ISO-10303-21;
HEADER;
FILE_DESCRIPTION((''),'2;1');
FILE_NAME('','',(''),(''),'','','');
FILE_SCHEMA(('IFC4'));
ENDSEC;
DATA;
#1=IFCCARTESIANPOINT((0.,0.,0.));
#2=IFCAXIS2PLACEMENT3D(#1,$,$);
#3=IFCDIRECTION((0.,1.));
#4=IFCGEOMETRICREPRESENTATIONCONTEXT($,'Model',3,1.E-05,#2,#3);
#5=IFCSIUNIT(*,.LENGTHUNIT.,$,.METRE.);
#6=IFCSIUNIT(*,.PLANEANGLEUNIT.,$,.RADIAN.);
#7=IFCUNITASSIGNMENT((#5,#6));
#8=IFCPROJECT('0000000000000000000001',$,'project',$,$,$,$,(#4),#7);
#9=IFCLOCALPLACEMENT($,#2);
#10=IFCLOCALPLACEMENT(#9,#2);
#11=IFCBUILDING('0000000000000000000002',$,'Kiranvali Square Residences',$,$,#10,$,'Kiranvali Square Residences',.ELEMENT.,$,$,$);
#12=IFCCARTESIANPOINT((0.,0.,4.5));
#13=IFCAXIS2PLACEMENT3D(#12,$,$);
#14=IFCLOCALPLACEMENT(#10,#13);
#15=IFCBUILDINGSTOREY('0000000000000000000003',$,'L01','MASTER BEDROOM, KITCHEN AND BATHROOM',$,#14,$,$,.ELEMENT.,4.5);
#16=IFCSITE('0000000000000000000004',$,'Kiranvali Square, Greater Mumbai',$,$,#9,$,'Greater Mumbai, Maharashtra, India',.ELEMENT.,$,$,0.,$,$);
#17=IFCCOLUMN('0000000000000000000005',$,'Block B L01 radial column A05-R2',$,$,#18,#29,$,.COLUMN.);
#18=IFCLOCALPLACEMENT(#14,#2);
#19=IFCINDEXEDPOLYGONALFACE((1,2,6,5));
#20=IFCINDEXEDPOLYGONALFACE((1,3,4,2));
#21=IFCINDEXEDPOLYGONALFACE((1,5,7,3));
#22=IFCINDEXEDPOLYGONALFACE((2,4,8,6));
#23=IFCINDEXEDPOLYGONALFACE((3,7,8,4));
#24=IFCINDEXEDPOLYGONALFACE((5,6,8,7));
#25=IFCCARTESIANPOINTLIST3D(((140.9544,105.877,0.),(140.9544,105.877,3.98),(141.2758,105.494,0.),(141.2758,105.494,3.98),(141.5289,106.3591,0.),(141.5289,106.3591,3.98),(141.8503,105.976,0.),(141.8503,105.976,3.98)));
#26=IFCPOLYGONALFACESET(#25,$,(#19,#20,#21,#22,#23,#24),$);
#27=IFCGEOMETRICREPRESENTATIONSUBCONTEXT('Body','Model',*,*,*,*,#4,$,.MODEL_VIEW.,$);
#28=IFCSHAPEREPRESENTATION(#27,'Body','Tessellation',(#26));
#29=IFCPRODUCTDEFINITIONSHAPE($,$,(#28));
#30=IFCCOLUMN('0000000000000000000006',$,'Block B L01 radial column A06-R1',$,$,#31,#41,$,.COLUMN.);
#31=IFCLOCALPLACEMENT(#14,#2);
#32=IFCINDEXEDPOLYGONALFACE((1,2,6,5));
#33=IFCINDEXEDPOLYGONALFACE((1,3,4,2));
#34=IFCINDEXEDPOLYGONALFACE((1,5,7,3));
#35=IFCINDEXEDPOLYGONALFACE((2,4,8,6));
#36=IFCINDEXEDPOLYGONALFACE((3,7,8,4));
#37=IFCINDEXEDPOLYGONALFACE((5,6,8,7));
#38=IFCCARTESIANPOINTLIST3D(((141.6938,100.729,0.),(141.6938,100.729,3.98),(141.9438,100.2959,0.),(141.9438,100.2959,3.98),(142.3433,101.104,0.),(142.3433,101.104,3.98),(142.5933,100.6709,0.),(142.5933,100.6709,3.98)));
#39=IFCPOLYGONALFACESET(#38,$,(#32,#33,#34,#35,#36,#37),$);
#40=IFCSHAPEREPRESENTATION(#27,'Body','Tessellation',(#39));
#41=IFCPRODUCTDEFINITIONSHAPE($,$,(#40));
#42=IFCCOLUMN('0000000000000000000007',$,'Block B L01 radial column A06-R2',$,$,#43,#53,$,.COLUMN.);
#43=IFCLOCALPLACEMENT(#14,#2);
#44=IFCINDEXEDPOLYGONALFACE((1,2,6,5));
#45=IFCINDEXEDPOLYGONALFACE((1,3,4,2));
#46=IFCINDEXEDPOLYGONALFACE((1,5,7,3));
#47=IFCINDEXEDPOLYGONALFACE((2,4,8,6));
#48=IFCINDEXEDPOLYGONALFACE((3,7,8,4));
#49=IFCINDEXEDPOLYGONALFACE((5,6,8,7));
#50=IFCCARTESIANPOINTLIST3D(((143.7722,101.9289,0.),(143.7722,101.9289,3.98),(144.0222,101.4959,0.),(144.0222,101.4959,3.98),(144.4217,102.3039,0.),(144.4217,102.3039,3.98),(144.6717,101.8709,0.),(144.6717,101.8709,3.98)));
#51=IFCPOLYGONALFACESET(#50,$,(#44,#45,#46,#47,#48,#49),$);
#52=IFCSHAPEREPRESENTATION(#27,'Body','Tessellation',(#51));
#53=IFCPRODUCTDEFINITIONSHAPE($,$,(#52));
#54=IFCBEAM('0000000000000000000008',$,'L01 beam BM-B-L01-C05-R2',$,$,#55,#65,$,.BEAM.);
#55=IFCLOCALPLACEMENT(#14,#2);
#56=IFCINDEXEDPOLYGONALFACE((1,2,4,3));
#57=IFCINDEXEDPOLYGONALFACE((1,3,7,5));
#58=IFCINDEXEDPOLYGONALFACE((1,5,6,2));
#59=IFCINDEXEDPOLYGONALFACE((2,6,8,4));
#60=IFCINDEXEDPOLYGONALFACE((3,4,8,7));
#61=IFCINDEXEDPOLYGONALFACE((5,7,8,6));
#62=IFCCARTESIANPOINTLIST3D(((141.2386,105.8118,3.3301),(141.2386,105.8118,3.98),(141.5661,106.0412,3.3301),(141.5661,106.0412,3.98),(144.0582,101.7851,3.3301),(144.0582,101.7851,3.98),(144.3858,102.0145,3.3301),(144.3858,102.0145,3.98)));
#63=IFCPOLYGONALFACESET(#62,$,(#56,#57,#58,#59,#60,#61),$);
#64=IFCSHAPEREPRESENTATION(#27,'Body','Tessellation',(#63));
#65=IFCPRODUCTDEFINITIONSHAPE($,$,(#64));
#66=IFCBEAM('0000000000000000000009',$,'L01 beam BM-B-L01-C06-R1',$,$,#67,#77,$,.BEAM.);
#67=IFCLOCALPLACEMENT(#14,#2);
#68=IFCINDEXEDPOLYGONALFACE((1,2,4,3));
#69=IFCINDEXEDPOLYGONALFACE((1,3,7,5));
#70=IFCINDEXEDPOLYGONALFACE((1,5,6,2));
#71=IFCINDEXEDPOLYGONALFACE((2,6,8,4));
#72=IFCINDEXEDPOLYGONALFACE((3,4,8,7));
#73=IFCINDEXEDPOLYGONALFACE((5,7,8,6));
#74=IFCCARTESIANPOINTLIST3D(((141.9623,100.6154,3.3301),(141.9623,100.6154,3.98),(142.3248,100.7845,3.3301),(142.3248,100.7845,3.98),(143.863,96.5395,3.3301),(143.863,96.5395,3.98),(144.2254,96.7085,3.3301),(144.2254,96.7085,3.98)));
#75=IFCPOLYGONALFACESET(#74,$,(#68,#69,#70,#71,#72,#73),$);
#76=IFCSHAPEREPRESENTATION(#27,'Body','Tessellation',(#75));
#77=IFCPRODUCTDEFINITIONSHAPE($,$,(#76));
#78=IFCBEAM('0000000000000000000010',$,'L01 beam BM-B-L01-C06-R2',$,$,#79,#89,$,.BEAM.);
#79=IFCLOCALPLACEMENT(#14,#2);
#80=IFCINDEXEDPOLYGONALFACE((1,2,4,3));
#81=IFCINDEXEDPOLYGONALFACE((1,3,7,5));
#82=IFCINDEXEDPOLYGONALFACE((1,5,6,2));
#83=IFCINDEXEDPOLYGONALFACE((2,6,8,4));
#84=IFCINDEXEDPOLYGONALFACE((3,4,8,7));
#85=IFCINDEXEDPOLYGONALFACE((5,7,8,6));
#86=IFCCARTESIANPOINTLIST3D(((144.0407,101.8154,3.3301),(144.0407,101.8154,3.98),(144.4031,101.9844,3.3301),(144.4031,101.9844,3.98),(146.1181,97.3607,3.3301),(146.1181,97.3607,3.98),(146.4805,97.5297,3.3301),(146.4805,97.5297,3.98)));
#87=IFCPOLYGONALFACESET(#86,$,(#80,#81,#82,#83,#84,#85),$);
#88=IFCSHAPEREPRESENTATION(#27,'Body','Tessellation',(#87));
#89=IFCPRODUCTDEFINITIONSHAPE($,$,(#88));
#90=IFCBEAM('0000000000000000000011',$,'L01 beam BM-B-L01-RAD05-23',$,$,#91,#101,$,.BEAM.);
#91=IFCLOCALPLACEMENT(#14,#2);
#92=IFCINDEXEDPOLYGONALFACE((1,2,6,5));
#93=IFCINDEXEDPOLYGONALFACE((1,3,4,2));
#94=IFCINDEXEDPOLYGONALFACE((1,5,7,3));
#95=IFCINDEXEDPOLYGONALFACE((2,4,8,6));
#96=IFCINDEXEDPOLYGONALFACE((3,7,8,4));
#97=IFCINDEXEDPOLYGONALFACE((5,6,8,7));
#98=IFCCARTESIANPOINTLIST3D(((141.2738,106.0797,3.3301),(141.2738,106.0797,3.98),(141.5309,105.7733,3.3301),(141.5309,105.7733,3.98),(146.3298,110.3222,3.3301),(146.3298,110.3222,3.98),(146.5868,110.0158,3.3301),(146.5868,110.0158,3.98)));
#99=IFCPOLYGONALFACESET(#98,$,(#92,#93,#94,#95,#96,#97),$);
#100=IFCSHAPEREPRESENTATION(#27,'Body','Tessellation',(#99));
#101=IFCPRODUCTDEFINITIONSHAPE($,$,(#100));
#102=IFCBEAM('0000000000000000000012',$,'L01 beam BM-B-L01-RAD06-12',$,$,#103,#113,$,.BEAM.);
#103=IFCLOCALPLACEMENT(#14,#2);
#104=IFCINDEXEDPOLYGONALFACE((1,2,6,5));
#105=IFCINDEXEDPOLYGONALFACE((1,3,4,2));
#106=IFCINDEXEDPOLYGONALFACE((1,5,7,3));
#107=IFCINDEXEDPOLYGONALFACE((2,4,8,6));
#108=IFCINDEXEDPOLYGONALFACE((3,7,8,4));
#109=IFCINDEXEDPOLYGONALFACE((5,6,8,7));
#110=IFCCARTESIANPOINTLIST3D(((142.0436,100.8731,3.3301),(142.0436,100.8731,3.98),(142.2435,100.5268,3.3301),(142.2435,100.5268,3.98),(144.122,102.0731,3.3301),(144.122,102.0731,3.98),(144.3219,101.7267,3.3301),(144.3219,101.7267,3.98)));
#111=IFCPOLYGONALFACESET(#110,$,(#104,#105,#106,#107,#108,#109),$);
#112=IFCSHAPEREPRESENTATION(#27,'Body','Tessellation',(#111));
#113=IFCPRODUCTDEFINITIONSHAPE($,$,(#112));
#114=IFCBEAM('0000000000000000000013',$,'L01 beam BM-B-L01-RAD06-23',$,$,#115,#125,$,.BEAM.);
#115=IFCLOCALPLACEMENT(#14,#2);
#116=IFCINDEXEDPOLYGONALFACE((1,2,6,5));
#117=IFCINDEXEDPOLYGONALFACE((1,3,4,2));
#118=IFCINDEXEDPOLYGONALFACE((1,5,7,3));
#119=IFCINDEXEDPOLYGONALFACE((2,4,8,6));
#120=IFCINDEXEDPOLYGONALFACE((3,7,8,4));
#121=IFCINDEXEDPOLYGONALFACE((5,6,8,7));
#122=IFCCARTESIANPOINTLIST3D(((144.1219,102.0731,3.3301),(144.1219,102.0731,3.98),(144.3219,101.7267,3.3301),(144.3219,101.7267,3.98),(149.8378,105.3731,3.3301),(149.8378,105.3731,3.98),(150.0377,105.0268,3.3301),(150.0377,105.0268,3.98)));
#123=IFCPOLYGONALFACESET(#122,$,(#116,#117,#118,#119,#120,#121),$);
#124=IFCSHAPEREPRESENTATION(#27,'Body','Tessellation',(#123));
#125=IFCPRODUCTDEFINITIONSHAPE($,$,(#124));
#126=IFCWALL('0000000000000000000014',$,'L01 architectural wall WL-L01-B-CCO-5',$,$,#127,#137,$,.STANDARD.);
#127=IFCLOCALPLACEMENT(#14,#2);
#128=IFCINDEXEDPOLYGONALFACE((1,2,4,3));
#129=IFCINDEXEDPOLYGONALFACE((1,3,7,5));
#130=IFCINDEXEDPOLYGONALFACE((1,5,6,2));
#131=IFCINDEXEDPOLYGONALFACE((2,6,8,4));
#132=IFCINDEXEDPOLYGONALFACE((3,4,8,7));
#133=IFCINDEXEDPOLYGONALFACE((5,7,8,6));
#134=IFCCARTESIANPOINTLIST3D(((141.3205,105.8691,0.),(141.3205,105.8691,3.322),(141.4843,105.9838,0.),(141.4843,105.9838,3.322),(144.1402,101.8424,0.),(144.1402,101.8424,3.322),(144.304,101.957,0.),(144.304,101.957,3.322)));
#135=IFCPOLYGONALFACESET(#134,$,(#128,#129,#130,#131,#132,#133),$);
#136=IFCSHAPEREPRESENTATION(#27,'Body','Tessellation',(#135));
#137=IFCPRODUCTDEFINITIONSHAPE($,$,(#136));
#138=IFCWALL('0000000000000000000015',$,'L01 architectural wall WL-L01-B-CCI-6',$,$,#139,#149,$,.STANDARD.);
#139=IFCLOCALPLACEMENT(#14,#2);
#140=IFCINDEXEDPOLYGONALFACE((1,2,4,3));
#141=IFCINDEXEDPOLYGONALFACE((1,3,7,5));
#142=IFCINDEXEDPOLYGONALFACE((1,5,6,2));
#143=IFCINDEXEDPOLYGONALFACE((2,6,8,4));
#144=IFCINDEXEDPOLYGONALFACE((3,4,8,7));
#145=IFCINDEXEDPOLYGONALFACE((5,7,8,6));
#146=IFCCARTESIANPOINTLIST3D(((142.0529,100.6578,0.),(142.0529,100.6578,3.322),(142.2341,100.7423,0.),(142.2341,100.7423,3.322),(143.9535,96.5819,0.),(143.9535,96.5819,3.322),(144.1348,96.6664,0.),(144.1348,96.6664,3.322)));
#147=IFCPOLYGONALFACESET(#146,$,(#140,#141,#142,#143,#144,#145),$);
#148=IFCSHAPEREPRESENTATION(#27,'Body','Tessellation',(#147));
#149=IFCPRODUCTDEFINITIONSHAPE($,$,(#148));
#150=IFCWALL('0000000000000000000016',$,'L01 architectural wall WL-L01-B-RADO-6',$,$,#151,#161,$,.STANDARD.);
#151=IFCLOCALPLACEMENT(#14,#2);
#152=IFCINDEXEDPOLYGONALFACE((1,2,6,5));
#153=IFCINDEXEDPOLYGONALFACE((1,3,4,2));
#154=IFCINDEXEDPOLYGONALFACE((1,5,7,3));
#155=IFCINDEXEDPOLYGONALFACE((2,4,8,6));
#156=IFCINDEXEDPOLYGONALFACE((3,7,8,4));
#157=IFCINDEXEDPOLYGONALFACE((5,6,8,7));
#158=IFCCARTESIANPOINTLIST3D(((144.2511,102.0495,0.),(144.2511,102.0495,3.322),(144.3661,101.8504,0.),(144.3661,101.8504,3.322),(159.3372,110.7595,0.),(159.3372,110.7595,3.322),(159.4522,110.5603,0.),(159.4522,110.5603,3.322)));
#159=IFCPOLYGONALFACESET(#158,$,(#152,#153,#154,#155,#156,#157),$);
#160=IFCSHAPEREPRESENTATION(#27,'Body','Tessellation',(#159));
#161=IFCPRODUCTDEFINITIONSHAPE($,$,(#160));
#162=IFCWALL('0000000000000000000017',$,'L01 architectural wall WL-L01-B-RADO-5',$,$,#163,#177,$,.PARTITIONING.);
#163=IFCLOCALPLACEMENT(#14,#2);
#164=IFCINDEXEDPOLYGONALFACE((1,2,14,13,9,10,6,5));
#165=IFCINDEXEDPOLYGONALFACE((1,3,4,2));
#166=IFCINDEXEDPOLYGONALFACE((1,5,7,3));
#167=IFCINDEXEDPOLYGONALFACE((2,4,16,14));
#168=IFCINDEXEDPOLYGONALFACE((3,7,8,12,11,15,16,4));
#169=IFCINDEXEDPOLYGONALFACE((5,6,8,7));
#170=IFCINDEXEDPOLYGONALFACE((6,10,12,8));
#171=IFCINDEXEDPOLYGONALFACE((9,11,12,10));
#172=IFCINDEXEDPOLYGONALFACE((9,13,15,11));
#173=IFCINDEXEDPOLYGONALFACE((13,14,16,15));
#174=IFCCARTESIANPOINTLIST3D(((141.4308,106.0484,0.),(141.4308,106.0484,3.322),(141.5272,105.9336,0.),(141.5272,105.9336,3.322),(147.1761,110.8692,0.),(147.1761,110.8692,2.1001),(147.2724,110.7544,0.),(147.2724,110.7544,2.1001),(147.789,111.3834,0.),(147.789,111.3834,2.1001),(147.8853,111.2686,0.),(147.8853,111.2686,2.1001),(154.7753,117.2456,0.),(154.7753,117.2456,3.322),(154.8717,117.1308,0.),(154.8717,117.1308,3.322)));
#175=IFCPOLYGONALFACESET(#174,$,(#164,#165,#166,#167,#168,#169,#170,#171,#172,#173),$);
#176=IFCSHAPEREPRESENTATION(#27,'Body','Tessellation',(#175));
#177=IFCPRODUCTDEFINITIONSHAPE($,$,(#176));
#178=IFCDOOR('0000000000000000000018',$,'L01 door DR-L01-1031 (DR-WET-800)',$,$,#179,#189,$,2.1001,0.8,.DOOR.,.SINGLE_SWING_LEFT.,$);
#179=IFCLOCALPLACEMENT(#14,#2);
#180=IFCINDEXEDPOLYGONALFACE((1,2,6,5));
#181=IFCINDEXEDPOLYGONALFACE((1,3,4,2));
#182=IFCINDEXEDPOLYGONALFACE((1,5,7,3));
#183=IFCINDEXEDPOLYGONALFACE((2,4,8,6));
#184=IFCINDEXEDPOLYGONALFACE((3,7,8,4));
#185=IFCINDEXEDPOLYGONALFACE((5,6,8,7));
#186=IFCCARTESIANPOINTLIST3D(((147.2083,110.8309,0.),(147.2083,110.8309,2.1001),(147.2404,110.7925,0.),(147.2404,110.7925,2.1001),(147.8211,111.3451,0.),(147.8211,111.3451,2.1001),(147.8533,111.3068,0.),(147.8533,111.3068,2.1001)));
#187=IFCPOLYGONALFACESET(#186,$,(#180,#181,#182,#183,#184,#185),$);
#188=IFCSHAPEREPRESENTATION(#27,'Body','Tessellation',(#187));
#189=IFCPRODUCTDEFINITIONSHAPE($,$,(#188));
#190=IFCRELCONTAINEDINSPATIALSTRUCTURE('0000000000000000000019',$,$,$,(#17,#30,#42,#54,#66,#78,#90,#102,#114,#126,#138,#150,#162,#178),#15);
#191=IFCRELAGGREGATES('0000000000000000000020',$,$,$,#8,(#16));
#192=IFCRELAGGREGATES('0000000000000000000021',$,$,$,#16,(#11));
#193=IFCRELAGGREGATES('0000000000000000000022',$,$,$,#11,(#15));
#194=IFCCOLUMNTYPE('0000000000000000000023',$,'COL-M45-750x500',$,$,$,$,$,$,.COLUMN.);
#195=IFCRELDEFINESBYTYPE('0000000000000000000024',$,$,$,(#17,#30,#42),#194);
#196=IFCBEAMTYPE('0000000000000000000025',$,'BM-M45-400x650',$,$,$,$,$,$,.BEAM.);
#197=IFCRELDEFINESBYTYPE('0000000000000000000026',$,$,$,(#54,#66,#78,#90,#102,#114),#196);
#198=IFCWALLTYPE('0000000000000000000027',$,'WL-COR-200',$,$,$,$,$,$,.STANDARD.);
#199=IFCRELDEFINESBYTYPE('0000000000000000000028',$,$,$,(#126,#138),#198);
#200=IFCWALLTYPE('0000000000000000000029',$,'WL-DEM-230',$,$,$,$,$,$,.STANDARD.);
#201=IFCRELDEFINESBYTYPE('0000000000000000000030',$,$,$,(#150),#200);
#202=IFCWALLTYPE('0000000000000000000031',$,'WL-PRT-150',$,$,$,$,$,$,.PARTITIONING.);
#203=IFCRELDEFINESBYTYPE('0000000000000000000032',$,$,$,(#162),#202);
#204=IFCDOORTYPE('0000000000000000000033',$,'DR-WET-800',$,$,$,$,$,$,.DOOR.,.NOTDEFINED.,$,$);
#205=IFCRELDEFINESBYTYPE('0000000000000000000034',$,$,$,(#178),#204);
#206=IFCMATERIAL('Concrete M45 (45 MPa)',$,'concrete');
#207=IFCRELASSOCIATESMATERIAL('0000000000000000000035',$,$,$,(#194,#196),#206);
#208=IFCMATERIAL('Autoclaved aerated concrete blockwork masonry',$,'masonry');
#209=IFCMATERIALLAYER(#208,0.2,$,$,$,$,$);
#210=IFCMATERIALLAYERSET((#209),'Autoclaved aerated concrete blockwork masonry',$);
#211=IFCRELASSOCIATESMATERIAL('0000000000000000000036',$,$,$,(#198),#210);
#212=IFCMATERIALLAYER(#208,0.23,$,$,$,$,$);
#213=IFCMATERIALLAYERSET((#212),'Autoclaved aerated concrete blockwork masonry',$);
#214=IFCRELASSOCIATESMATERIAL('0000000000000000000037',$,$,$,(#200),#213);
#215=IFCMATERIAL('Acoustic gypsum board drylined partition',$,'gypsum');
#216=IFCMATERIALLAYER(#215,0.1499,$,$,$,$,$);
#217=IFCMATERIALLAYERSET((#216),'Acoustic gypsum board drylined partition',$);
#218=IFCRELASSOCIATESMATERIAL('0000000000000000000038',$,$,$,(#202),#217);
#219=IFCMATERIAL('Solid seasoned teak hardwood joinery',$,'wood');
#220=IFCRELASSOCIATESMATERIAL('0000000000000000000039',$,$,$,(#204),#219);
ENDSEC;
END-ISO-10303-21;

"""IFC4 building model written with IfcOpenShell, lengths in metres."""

from ifc_helpers import new_model, si_unit, direction, frame, frame_2d, origin, origin_2d, place, context, subcontext, project, spatial, rectangle, extrude, material, layer, layer_set, material_profile, profile_set, type_object, element, fill, save


model = new_model("IFC4")

# Units and contexts
model_context = context("Model", 3, precision=1e-05, world=origin(), true_north=direction((0.0, 1.0)))
body_context = subcontext(model_context, "Body", "Model", "MODEL_VIEW")
ifc_project = project(units=[si_unit("LENGTHUNIT", "METRE"), si_unit("PLANEANGLEUNIT", "RADIAN")], contexts=[model_context])

# Site, building, storey
site_placement = place(None, origin())
site = spatial("IfcSite", under=ifc_project, at=site_placement, Name="Kiranvali Square, Greater Mumbai", LongName="Greater Mumbai, Maharashtra, India", CompositionType="ELEMENT", RefElevation=0.0)
building_placement = place(site_placement, origin())
building = spatial("IfcBuilding", under=site, at=building_placement, Name="Kiranvali Square Residences", LongName="Kiranvali Square Residences", CompositionType="ELEMENT")
storey_placement = place(building_placement, frame((0.0, 0.0, 4.5)))
storey = spatial("IfcBuildingStorey", under=building, at=storey_placement, Name="L01", Description="MASTER BEDROOM, KITCHEN AND BATHROOM", CompositionType="ELEMENT", Elevation=4.5)

# Columns
ifc_material_1 = material(Name="Concrete M45 (45 MPa)", Category="concrete")
ifc_material_profile_1 = material_profile(ifc_material_1, rectangle(XDim=0.5, YDim=0.75, at=origin_2d()), Name="RC 750x500")
ifc_profile_set_1 = profile_set([ifc_material_profile_1], Name="Concrete M45 (45 MPa)")
column_type = type_object("IfcColumnType", Name="COL-M45-750x500", PredefinedType="COLUMN", material=ifc_profile_set_1)
for number, where, z_axis, x_axis, name in (
    (1, (141.4023, 105.9265, 0.0), (0.0, 0.0, 1.0), (-0.642788, 0.766044, 0.0), "Block B L01 radial column A05-R2"),
    (2, (142.1436, 100.7, 0.0), (0.0, 0.0, 1.0), (-0.5, 0.866025, 0.0), "Block B L01 radial column A06-R1"),
    (3, (144.2219, 101.8999, 0.0), (0.0, 0.0, 1.0), (-0.5, 0.866025, 0.0), "Block B L01 radial column A06-R2"),
):
    element("IfcColumn", number, at=place(storey_placement, frame(where, z_axis=z_axis, x_axis=x_axis)), inside=storey, type_object=column_type, Name=name, PredefinedType="COLUMN", context=body_context, shape_type="SweptSolid", body=[
        extrude(rectangle(XDim=0.5, YDim=0.75, at=origin_2d()), origin(), (0.0, 0.0, 1.0), 3.98),
    ])

# Beams
ifc_material_profile_2 = material_profile(ifc_material_1, rectangle(XDim=0.3999, YDim=0.6499, at=origin_2d()), Name="RC 400x650")
ifc_profile_set_2 = profile_set([ifc_material_profile_2], Name="Concrete M45 (45 MPa)")
beam_type = type_object("IfcBeamType", Name="BM-M45-400x650", PredefinedType="BEAM", material=ifc_profile_set_2)
beam_1_placement = place(storey_placement, frame((141.4023, 105.9265, 3.655), z_axis=(0.573592, -0.819141, 0.0), x_axis=(0.819141, 0.573592, 0.0)))
element("IfcBeam", 4, at=beam_1_placement, inside=storey, type_object=beam_type, Name="L01 beam BM-B-L01-C05-R2", PredefinedType="BEAM", context=body_context, shape_type="SweptSolid", body=[
    extrude(rectangle(XDim=0.3999, YDim=0.6499, at=origin_2d()), origin(), (0.0, 0.0, 1.0), 4.9158),
])
beam_2_placement = place(storey_placement, frame((142.1436, 100.7, 3.655), z_axis=(0.422618, -0.906308, 0.0), x_axis=(0.906308, 0.422618, 0.0)))
element("IfcBeam", 5, at=beam_2_placement, inside=storey, type_object=beam_type, Name="L01 beam BM-B-L01-C06-R1", PredefinedType="BEAM", context=body_context, shape_type="SweptSolid", body=[
    extrude(rectangle(XDim=0.3999, YDim=0.6499, at=origin_2d()), origin(), (0.0, 0.0, 1.0), 4.4973),
])
beam_3_placement = place(storey_placement, frame((144.2219, 101.8999, 3.655), z_axis=(0.42263, -0.906302, 0.0), x_axis=(0.906302, 0.42263, 0.0)))
element("IfcBeam", 6, at=beam_3_placement, inside=storey, type_object=beam_type, Name="L01 beam BM-B-L01-C06-R2", PredefinedType="BEAM", context=body_context, shape_type="SweptSolid", body=[
    extrude(rectangle(XDim=0.3999, YDim=0.6499, at=origin_2d()), origin(), (0.0, 0.0, 1.0), 4.9153),
])
beam_4_placement = place(storey_placement, frame((141.4023, 105.9265, 3.655), z_axis=(0.766043, 0.642789, 0.0), x_axis=(-0.642789, 0.766043, 0.0)))
element("IfcBeam", 7, at=beam_4_placement, inside=storey, type_object=beam_type, Name="L01 beam BM-B-L01-RAD05-23", PredefinedType="BEAM", context=body_context, shape_type="SweptSolid", body=[
    extrude(rectangle(XDim=0.3999, YDim=0.6499, at=origin_2d()), origin(), (0.0, 0.0, 1.0), 6.6001),
])
beam_5_placement = place(storey_placement, frame((142.1436, 100.7, 3.655), z_axis=(0.866025, 0.500001, 0.0), x_axis=(-0.500001, 0.866025, 0.0)))
element("IfcBeam", 8, at=beam_5_placement, inside=storey, type_object=beam_type, Name="L01 beam BM-B-L01-RAD06-12", PredefinedType="BEAM", context=body_context, shape_type="SweptSolid", body=[
    extrude(rectangle(XDim=0.3999, YDim=0.6499, at=origin_2d()), origin(), (0.0, 0.0, 1.0), 2.3999),
])
beam_6_placement = place(storey_placement, frame((144.2219, 101.8999, 3.655), z_axis=(0.866024, 0.500002, 0.0), x_axis=(-0.500002, 0.866024, 0.0)))
element("IfcBeam", 9, at=beam_6_placement, inside=storey, type_object=beam_type, Name="L01 beam BM-B-L01-RAD06-23", PredefinedType="BEAM", context=body_context, shape_type="SweptSolid", body=[
    extrude(rectangle(XDim=0.3999, YDim=0.6499, at=origin_2d()), origin(), (0.0, 0.0, 1.0), 6.6001),
])

# Shared definitions
ifc_material_2 = material(Name="Autoclaved aerated concrete blockwork masonry", Category="masonry")
ifc_layer_1 = layer(ifc_material_2, 0.2)
ifc_layer_set_1 = layer_set([ifc_layer_1], Name="Autoclaved aerated concrete blockwork masonry")
wall_type_1 = type_object("IfcWallType", Name="WL-COR-200", PredefinedType="STANDARD", material=ifc_layer_set_1)

# Walls
wall_1_placement = place(storey_placement, frame((141.4023, 105.9265, 0.0), z_axis=(0.0, 0.0, 1.0), x_axis=(0.573592, -0.819141, 0.0)))
element("IfcWall", 10, at=wall_1_placement, inside=storey, type_object=wall_type_1, Name="L01 architectural wall WL-L01-B-CCO-5", PredefinedType="STANDARD", context=body_context, shape_type="SweptSolid", body=[
    extrude(rectangle(XDim=4.9158, YDim=0.2, at=frame_2d((2.458, 0.0))), origin(), (0.0, 0.0, 1.0), 3.322),
])
wall_2_placement = place(storey_placement, frame((142.1436, 100.7, 0.0), z_axis=(0.0, 0.0, 1.0), x_axis=(0.422618, -0.906308, 0.0)))
element("IfcWall", 11, at=wall_2_placement, inside=storey, type_object=wall_type_1, Name="L01 architectural wall WL-L01-B-CCI-6", PredefinedType="STANDARD", context=body_context, shape_type="SweptSolid", body=[
    extrude(rectangle(XDim=4.4973, YDim=0.2, at=frame_2d((2.2485, 0.0))), origin(), (0.0, 0.0, 1.0), 3.322),
])

# Wall
ifc_layer_2 = layer(ifc_material_2, 0.23)
ifc_layer_set_2 = layer_set([ifc_layer_2], Name="Autoclaved aerated concrete blockwork masonry")
wall_type_2 = type_object("IfcWallType", Name="WL-DEM-230", PredefinedType="STANDARD", material=ifc_layer_set_2)
wall_3_placement = place(storey_placement, frame((144.3086, 101.95, 0.0), z_axis=(0.0, 0.0, 1.0), x_axis=(0.866027, 0.499998, 0.0)))
element("IfcWall", 12, at=wall_3_placement, inside=storey, type_object=wall_type_2, Name="L01 architectural wall WL-L01-B-RADO-6", PredefinedType="STANDARD", context=body_context, shape_type="SweptSolid", body=[
    extrude(rectangle(XDim=17.4199, YDim=0.23, at=frame_2d((8.71, 0.0))), origin(), (0.0, 0.0, 1.0), 3.322),
])

# Wall, opening, door
ifc_material_3 = material(Name="Acoustic gypsum board drylined partition", Category="gypsum")
ifc_layer_3 = layer(ifc_material_3, 0.1499)
ifc_layer_set_3 = layer_set([ifc_layer_3], Name="Acoustic gypsum board drylined partition")
wall_type_3 = type_object("IfcWallType", Name="WL-PRT-150", PredefinedType="PARTITIONING", material=ifc_layer_set_3)
wall_4_placement = place(storey_placement, frame((141.479, 105.991, 0.0), z_axis=(0.0, 0.0, 1.0), x_axis=(0.766047, 0.642785, 0.0)))
wall_4 = element("IfcWall", 13, at=wall_4_placement, inside=storey, type_object=wall_type_3, Name="L01 architectural wall WL-L01-B-RADO-5", PredefinedType="PARTITIONING", context=body_context, shape_type="SweptSolid", body=[
    extrude(rectangle(XDim=17.4199, YDim=0.1499, at=frame_2d((8.71, 0.0))), origin(), (0.0, 0.0, 1.0), 3.322),
])
opening_1_placement = place(wall_4_placement, frame((7.5, 0.0, 0.0)))
opening_1 = element("IfcOpeningElement", 14, at=opening_1_placement, cuts=wall_4, PredefinedType="OPENING", context=body_context, shape_type="SweptSolid", body=[
    extrude(rectangle(XDim=0.8, YDim=2.1001, at=frame_2d((0.3999, 1.05))), frame((0.0, 0.085, 0.0), z_axis=(0.0, -1.0, 0.0), x_axis=(1.0, 0.0, 0.0)), (0.0, 0.0, 1.0), 0.1699),
])
ifc_material_4 = material(Name="Solid seasoned teak hardwood joinery", Category="wood")
door_type_1 = type_object("IfcDoorType", Name="DR-WET-800", OperationType="NOTDEFINED", PredefinedType="DOOR", material=ifc_material_4)
door_1_placement = place(opening_1_placement, origin())
door_1 = element("IfcDoor", 15, at=door_1_placement, inside=storey, type_object=door_type_1, Name="L01 door DR-L01-1031 (DR-WET-800)", OperationType="SINGLE_SWING_LEFT", OverallHeight=2.1001, OverallWidth=0.8, PredefinedType="DOOR", context=body_context, shape_type="SweptSolid", body=[
    extrude(rectangle(XDim=0.8, YDim=2.1001, at=frame_2d((0.3999, 1.05))), frame((0.0, 0.0249, 0.0), z_axis=(0.0, -1.0, 0.0), x_axis=(1.0, 0.0, 0.0)), (0.0, 0.0, 1.0), 0.05),
])
fill(opening_1, door_1)

save(model, "model.ifc")
